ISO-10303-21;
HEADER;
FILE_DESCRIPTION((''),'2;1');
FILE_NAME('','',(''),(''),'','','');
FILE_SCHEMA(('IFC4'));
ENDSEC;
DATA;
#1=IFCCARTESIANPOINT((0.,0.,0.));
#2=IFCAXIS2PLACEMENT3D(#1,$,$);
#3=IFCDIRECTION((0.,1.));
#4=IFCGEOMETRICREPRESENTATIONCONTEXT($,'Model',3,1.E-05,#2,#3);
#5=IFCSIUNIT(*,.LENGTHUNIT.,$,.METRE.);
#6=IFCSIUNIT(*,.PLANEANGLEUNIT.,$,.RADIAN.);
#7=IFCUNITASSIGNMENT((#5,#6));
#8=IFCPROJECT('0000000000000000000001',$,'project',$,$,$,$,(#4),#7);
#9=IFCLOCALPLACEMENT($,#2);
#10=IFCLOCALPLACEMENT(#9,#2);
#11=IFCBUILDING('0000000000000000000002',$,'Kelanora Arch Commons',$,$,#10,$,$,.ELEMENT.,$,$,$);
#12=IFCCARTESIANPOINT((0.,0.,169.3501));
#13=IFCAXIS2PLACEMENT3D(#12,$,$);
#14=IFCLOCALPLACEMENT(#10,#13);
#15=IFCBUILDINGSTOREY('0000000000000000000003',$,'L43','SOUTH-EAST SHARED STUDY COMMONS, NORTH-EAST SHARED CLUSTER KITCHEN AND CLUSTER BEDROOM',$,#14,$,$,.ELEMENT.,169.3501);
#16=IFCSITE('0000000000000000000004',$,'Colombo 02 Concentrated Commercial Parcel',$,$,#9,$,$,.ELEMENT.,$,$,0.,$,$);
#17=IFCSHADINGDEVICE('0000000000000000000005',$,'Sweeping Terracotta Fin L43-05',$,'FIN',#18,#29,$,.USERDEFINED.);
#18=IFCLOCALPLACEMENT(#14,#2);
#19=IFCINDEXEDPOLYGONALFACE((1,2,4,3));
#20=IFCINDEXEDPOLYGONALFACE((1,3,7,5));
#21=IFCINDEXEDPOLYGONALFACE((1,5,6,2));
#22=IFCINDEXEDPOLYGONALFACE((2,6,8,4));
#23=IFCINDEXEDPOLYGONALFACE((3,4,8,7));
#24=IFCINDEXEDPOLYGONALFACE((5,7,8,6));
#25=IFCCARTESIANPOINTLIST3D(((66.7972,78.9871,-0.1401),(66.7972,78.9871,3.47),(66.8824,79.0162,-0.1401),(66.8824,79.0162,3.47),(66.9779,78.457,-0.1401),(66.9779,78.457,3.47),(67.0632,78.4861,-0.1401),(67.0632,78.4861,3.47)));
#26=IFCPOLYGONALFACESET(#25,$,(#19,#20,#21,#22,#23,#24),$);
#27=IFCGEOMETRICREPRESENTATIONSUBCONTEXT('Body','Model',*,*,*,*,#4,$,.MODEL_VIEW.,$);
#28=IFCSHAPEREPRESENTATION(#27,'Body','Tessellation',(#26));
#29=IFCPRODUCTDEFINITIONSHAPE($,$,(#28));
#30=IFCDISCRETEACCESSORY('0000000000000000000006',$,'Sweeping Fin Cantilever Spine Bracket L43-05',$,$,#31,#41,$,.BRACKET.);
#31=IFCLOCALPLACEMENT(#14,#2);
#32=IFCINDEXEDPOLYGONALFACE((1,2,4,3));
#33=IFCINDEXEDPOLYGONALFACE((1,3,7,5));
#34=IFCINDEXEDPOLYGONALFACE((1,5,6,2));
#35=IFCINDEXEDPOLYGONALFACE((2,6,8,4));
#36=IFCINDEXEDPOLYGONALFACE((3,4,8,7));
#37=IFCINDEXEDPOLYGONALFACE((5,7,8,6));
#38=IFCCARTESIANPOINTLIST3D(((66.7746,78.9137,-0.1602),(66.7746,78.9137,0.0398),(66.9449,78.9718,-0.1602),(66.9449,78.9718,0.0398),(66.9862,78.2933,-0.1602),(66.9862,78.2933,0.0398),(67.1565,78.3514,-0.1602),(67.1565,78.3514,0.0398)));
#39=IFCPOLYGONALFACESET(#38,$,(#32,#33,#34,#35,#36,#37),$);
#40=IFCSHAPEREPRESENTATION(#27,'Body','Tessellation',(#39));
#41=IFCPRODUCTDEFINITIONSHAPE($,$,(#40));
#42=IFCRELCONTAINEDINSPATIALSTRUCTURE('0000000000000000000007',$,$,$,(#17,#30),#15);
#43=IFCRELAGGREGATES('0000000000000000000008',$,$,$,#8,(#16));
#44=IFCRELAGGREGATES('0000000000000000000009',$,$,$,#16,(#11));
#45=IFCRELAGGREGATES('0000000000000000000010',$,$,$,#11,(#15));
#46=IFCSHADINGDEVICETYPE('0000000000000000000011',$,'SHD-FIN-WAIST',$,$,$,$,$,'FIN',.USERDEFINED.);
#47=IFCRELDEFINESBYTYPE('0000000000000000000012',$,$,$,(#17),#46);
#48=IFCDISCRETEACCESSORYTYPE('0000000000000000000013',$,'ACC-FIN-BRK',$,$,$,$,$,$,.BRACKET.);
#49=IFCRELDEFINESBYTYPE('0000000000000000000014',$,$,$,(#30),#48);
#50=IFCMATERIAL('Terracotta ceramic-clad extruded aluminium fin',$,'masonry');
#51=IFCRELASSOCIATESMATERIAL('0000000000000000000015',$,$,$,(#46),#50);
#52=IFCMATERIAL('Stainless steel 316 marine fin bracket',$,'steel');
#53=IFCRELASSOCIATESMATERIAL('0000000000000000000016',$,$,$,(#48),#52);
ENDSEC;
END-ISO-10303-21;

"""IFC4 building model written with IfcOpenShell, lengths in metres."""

from ifc_helpers import new_model, si_unit, direction, frame, origin, origin_2d, place, context, subcontext, project, spatial, rectangle, extrude, source, transform, mapped, material, type_object, element, save


model = new_model("IFC4")

# Units and contexts
model_context = context("Model", 3, precision=1e-05, world=origin(), true_north=direction((0.0, 1.0)))
body_context = subcontext(model_context, "Body", "Model", "MODEL_VIEW")
ifc_project = project(units=[si_unit("LENGTHUNIT", "METRE"), si_unit("PLANEANGLEUNIT", "RADIAN")], contexts=[model_context])

# Site, building, storey
site_placement = place(None, origin())
site = spatial("IfcSite", under=ifc_project, at=site_placement, Name="Colombo 02 Concentrated Commercial Parcel", CompositionType="ELEMENT", RefElevation=0.0)
building_placement = place(site_placement, origin())
building = spatial("IfcBuilding", under=site, at=building_placement, Name="Kelanora Arch Commons", CompositionType="ELEMENT")
storey_placement = place(building_placement, frame((0.0, 0.0, 169.3501)))
storey = spatial("IfcBuildingStorey", under=building, at=storey_placement, Name="L43", Description="SOUTH-EAST SHARED STUDY COMMONS, NORTH-EAST SHARED CLUSTER KITCHEN AND CLUSTER BEDROOM", CompositionType="ELEMENT", Elevation=169.3501)

# Shading device
ifc_material_1 = material(Name="Terracotta ceramic-clad extruded aluminium fin", Category="masonry")
shading_device_type = type_object("IfcShadingDeviceType", Name="SHD-FIN-WAIST", ElementType="FIN", PredefinedType="USERDEFINED", material=ifc_material_1)
shared_shape_1 = source(origin(), body_context, "Body", "SweptSolid", [
    extrude(rectangle(XDim=0.5601, YDim=0.0901, at=origin_2d()), origin(), (0.0, 0.0, 1.0), 3.6101),
])
shading_device_placement = place(storey_placement, frame((66.9302, 78.7366, -0.1401), z_axis=(0.0, 0.0, 1.0), x_axis=(-0.322761, 0.94648, 0.0)))
element("IfcShadingDevice", 1, at=shading_device_placement, inside=storey, type_object=shading_device_type, Name="Sweeping Terracotta Fin L43-05", ObjectType="FIN", PredefinedType="USERDEFINED", context=body_context, shape_type="MappedRepresentation", body=[
    mapped(shared_shape_1, transform((0.0, 0.0, 0.0), scale=1.0)),
])

# Discrete accessory
ifc_material_2 = material(Name="Stainless steel 316 marine fin bracket", Category="steel")
discrete_accessory_type = type_object("IfcDiscreteAccessoryType", Name="ACC-FIN-BRK", PredefinedType="BRACKET", material=ifc_material_2)
shared_shape_2 = source(origin(), body_context, "Body", "SweptSolid", [
    extrude(rectangle(XDim=0.6555, YDim=0.1799, at=origin_2d()), origin(), (0.0, 0.0, 1.0), 0.2),
])
discrete_accessory_placement = place(storey_placement, frame((66.9656, 78.6326, -0.1602), z_axis=(0.0, 0.0, 1.0), x_axis=(-0.322761, 0.94648, 0.0)))
element("IfcDiscreteAccessory", 2, at=discrete_accessory_placement, inside=storey, type_object=discrete_accessory_type, Name="Sweeping Fin Cantilever Spine Bracket L43-05", PredefinedType="BRACKET", context=body_context, shape_type="MappedRepresentation", body=[
    mapped(shared_shape_2, transform((0.0, 0.0, 0.0), scale=1.0)),
])

save(model, "model.ifc")
